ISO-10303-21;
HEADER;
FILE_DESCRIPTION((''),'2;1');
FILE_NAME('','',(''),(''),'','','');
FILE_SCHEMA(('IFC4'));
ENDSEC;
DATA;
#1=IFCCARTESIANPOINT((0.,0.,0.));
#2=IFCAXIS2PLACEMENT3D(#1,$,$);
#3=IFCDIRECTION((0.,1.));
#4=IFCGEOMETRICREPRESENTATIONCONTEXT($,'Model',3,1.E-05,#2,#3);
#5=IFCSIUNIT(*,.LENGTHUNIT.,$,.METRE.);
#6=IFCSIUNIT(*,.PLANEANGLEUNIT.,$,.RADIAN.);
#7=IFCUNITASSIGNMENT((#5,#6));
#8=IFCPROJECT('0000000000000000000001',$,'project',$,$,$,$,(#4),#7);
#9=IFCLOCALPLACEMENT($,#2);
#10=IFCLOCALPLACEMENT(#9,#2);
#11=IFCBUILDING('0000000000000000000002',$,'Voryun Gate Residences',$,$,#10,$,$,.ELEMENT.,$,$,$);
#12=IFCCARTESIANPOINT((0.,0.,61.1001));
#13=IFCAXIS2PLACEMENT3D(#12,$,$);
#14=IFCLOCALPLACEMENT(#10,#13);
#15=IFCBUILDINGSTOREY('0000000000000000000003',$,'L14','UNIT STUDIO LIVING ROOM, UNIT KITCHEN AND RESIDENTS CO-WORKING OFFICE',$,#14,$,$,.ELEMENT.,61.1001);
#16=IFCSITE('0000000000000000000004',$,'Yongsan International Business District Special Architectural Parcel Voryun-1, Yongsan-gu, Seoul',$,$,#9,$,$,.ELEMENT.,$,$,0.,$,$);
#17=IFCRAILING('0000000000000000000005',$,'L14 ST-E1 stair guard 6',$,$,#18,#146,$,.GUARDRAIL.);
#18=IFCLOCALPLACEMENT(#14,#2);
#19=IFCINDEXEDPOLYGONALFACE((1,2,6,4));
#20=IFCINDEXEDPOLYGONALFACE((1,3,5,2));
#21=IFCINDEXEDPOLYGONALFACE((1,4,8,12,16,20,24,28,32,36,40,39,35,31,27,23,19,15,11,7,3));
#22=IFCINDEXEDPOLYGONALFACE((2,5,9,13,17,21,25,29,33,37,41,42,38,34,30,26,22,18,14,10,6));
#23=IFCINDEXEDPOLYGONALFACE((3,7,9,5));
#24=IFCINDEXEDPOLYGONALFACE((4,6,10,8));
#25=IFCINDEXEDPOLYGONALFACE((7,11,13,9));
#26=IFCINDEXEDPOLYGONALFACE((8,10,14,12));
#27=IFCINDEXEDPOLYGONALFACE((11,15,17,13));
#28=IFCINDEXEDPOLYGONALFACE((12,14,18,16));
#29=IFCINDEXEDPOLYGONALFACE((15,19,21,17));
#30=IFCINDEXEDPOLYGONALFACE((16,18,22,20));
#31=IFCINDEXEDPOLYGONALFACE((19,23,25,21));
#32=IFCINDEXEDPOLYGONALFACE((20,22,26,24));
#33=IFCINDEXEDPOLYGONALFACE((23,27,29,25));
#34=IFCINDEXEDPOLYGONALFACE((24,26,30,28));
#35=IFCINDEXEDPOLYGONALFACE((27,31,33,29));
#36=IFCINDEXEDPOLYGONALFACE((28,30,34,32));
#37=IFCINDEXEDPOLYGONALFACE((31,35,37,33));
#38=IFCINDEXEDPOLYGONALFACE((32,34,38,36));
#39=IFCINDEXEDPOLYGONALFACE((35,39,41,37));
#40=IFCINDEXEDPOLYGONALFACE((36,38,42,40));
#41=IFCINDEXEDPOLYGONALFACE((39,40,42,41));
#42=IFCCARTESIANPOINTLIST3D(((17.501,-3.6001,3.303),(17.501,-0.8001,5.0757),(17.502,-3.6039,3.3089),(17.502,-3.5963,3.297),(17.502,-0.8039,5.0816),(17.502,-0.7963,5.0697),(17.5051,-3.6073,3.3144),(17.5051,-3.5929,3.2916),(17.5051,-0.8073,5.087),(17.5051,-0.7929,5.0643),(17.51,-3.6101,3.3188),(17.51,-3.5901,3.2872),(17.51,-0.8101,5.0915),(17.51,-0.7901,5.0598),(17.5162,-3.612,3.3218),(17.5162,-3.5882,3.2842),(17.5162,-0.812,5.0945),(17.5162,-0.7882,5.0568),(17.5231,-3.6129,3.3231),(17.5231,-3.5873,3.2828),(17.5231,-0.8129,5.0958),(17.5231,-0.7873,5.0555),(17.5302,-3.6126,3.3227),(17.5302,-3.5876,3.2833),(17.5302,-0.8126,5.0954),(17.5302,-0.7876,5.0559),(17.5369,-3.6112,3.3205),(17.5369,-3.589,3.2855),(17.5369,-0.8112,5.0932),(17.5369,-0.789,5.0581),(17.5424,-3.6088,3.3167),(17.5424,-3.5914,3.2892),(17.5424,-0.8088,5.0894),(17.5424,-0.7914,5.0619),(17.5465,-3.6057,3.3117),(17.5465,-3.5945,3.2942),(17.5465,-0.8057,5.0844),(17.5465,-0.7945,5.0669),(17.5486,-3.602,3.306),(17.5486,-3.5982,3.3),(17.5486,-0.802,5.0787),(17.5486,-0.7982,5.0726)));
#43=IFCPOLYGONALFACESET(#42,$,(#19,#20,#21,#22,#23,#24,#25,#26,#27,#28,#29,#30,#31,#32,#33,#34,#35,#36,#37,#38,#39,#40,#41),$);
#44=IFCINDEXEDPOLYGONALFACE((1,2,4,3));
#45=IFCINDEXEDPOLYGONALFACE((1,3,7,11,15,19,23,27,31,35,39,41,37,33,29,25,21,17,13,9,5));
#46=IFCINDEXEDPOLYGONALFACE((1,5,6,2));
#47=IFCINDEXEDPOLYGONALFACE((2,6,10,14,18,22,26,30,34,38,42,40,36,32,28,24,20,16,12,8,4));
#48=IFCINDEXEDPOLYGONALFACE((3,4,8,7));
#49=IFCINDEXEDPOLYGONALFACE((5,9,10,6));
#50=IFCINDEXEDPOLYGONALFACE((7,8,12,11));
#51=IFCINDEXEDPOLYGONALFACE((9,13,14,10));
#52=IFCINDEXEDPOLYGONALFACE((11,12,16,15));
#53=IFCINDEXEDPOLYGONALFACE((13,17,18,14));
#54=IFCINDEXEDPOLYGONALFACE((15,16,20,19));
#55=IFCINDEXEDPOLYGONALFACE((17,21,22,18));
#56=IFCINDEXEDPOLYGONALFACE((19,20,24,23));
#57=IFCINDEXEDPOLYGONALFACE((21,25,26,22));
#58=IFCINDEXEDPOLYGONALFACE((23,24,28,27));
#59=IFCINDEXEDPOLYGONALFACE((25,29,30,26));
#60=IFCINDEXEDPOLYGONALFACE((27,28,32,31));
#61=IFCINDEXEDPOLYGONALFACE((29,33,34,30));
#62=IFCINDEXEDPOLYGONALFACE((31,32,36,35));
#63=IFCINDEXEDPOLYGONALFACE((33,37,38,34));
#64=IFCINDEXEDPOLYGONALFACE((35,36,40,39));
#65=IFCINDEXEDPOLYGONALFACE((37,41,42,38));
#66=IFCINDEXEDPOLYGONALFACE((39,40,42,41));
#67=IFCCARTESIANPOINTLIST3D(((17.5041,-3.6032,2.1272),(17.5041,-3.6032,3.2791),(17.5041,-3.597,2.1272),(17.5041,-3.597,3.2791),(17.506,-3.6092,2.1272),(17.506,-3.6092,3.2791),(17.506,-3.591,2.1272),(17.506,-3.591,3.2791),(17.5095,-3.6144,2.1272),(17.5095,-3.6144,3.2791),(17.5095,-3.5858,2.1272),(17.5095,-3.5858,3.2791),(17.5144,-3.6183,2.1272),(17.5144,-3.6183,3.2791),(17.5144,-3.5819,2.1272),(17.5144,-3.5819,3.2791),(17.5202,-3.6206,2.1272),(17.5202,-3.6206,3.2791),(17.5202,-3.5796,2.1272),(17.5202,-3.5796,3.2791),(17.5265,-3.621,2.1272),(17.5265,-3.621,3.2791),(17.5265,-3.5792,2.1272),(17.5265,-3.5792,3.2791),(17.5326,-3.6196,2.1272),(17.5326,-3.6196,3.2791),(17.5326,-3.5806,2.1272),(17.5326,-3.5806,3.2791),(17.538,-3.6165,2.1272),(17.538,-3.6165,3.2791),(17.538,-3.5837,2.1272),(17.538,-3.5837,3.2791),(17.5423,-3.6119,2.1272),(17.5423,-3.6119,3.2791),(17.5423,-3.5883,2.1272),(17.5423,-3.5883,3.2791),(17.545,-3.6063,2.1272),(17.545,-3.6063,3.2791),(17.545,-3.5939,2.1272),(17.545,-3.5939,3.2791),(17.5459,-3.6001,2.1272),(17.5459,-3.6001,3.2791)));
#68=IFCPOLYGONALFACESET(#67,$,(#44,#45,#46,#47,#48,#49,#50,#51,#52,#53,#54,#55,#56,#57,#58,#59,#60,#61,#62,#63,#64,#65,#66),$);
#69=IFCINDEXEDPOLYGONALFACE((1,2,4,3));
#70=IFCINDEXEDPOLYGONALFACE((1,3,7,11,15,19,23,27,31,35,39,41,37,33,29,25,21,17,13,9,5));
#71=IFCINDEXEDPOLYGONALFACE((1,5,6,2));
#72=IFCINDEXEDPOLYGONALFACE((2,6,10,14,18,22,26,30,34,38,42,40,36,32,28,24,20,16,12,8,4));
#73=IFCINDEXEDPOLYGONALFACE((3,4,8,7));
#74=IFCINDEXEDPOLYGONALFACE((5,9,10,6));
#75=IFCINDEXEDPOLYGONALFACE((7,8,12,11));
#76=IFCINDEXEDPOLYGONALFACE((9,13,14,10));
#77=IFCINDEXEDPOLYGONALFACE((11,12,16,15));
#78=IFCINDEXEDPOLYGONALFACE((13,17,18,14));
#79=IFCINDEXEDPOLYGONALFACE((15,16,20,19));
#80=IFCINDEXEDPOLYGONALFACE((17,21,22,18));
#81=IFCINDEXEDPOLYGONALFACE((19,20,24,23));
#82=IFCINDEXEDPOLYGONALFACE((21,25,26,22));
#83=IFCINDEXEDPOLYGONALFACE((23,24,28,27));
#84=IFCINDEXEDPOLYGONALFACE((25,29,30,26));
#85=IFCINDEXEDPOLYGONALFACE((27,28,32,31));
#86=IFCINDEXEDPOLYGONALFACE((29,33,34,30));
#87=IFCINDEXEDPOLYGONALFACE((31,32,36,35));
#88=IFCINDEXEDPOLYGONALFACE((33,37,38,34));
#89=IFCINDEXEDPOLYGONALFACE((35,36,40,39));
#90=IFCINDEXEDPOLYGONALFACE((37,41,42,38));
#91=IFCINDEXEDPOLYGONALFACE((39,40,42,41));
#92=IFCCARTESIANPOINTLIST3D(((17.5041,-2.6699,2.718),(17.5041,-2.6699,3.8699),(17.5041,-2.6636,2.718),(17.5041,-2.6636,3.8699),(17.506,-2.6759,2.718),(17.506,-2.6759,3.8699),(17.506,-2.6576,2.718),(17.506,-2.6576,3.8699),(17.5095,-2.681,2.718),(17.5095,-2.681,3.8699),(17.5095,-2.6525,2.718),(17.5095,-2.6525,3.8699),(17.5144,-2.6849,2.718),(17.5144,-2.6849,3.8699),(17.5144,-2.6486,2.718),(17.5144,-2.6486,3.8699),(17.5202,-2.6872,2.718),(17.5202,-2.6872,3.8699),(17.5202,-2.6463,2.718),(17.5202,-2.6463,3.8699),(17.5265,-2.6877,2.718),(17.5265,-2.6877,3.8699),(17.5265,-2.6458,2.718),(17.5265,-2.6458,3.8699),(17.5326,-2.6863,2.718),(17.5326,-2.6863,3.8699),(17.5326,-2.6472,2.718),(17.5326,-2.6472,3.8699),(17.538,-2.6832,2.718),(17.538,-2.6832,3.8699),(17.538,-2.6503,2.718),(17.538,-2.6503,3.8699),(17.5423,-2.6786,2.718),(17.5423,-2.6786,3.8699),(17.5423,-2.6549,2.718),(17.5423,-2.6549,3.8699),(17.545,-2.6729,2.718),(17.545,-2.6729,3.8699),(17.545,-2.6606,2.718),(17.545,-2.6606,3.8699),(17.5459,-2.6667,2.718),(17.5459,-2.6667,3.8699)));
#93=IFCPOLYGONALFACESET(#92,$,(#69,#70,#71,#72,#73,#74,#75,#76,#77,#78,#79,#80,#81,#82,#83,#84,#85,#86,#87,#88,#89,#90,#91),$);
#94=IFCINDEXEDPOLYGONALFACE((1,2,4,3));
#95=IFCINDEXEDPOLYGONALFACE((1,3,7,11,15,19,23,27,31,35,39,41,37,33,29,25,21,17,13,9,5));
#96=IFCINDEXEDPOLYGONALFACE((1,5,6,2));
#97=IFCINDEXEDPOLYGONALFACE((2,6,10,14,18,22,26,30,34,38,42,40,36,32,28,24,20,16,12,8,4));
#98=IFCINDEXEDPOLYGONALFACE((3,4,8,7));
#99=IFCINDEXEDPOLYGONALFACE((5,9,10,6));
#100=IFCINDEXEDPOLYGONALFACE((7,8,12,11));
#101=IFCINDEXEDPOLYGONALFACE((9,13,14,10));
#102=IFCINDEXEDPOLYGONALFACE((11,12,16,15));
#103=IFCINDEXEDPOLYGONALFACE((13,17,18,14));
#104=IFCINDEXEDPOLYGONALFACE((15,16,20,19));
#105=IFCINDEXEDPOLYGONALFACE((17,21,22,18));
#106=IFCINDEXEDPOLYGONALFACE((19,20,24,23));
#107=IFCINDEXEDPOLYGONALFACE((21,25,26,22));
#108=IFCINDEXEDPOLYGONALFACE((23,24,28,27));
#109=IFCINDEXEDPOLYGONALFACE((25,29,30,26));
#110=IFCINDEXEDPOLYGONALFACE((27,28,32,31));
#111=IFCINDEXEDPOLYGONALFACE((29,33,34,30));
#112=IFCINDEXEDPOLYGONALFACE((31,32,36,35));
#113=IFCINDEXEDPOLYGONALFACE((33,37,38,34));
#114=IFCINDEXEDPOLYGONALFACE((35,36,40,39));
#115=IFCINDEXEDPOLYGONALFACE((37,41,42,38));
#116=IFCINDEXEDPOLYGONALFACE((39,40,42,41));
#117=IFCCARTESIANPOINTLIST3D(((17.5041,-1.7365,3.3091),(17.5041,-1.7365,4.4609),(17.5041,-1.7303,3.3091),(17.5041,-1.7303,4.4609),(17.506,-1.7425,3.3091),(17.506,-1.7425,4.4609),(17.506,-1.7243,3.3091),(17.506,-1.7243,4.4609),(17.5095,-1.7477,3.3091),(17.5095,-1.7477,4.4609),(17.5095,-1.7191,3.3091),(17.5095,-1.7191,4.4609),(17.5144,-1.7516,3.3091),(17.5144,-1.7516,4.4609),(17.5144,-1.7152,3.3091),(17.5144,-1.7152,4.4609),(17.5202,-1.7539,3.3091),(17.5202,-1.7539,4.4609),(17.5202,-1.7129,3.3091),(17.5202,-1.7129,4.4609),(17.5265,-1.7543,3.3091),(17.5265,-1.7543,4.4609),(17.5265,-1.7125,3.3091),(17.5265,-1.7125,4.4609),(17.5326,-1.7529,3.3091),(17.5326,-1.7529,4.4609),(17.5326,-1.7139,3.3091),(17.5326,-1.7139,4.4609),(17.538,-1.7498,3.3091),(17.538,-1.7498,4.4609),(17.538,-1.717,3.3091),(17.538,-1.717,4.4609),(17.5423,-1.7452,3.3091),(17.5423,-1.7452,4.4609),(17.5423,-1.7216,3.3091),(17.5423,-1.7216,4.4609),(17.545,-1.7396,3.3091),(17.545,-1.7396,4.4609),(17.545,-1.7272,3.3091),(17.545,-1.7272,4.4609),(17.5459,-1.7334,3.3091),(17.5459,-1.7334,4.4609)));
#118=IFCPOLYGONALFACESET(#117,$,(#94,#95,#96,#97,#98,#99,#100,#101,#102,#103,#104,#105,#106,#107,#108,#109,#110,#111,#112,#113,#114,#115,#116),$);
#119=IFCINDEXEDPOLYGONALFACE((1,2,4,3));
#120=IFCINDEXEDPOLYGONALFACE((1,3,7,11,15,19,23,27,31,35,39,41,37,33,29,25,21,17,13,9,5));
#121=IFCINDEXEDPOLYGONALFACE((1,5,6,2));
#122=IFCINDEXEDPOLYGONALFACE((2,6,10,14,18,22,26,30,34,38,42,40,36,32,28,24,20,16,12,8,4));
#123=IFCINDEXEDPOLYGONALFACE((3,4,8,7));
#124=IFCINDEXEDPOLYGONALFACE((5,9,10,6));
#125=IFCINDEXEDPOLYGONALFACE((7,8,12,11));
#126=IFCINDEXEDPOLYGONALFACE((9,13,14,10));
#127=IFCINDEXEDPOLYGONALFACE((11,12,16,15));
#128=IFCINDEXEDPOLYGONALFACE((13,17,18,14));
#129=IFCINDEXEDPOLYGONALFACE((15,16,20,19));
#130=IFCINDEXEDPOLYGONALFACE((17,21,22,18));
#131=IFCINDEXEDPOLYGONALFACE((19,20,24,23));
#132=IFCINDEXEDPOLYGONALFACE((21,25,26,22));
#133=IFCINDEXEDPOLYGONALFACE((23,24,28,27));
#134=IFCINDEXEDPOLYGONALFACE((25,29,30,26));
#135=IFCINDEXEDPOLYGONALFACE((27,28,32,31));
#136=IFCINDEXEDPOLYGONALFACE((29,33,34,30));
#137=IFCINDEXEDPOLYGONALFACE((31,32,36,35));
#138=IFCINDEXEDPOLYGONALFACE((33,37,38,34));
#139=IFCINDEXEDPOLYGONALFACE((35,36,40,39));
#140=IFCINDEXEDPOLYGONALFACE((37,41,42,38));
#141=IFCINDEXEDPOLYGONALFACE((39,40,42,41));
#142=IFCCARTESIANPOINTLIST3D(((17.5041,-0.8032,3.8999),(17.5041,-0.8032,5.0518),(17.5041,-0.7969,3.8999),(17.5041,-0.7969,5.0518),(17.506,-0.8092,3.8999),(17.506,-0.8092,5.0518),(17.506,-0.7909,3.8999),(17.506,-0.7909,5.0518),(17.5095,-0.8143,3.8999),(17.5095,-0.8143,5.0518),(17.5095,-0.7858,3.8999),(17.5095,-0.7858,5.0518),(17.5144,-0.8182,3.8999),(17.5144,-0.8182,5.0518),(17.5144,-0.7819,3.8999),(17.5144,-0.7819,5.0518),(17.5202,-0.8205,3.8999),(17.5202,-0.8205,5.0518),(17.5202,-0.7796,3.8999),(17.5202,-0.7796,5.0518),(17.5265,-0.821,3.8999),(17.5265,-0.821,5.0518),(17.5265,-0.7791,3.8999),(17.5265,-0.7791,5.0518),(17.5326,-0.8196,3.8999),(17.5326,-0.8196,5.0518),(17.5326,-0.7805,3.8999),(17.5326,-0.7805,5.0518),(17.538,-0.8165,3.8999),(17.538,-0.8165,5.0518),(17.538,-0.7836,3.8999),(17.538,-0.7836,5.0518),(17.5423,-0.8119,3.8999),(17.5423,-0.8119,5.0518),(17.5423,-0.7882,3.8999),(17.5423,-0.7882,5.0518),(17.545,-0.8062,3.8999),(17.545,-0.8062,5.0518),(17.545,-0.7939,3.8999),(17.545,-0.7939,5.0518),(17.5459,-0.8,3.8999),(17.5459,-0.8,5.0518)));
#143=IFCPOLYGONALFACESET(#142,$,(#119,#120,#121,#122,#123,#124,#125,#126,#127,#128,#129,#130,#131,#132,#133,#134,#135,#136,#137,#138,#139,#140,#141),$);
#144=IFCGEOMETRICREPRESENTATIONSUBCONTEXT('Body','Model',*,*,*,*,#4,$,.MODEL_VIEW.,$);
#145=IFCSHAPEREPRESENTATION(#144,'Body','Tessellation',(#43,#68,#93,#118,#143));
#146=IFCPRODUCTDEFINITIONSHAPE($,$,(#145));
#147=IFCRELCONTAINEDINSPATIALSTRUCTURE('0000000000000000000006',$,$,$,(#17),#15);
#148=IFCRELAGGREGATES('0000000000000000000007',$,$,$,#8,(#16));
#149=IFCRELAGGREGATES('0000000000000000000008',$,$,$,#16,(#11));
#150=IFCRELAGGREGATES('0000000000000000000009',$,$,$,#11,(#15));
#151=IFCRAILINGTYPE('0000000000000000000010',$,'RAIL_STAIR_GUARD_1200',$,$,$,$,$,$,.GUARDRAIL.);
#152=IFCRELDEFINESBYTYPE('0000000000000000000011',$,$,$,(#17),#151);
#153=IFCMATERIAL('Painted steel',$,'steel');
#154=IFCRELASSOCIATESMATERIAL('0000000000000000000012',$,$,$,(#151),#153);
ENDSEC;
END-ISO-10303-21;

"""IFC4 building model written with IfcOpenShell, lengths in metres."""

from ifc_helpers import new_model, si_unit, direction, frame, origin, origin_2d, place, context, subcontext, project, spatial, circle, extrude, material, type_object, element, save


model = new_model("IFC4")

# Units and contexts
model_context = context("Model", 3, precision=1e-05, world=origin(), true_north=direction((0.0, 1.0)))
body_context = subcontext(model_context, "Body", "Model", "MODEL_VIEW")
ifc_project = project(units=[si_unit("LENGTHUNIT", "METRE"), si_unit("PLANEANGLEUNIT", "RADIAN")], contexts=[model_context])

# Site, building, storey
site_placement = place(None, origin())
site = spatial("IfcSite", under=ifc_project, at=site_placement, Name="Yongsan International Business District Special Architectural Parcel Voryun-1, Yongsan-gu, Seoul", CompositionType="ELEMENT", RefElevation=0.0)
building_placement = place(site_placement, origin())
building = spatial("IfcBuilding", under=site, at=building_placement, Name="Voryun Gate Residences", CompositionType="ELEMENT")
storey_placement = place(building_placement, frame((0.0, 0.0, 61.1001)))
storey = spatial("IfcBuildingStorey", under=building, at=storey_placement, Name="L14", Description="UNIT STUDIO LIVING ROOM, UNIT KITCHEN AND RESIDENTS CO-WORKING OFFICE", CompositionType="ELEMENT", Elevation=61.1001)

# Railing
ifc_material_1 = material(Name="Painted steel", Category="steel")
railing_type_1 = type_object("IfcRailingType", Name="RAIL_STAIR_GUARD_1200", PredefinedType="GUARDRAIL", material=ifc_material_1)
railing_1_placement = place(storey_placement, frame((17.5249, -3.6001, 2.1272)))
element("IfcRailing", 1, at=railing_1_placement, inside=storey, type_object=railing_type_1, Name="L14 ST-E1 stair guard 6", PredefinedType="GUARDRAIL", context=body_context, shape_type="SweptSolid", body=[
    extrude(circle(Radius=0.0239, at=origin_2d()), frame((0.0, 0.0, 1.1758), z_axis=(0.0, 0.844909, 0.53491), x_axis=(-1.0, 0.0, 0.0)), (0.0, 0.0, 1.0), 3.314),
    extrude(circle(Radius=0.021, at=origin_2d()), origin(), (0.0, 0.0, 1.0), 1.1519),
    extrude(circle(Radius=0.021, at=origin_2d()), frame((0.0, 0.9333, 0.5908)), (0.0, 0.0, 1.0), 1.1519),
    extrude(circle(Radius=0.021, at=origin_2d()), frame((0.0, 1.8667, 1.1819)), (0.0, 0.0, 1.0), 1.1519),
    extrude(circle(Radius=0.021, at=origin_2d()), frame((0.0, 2.8, 1.7727)), (0.0, 0.0, 1.0), 1.1519),
])

save(model, "model.ifc")
